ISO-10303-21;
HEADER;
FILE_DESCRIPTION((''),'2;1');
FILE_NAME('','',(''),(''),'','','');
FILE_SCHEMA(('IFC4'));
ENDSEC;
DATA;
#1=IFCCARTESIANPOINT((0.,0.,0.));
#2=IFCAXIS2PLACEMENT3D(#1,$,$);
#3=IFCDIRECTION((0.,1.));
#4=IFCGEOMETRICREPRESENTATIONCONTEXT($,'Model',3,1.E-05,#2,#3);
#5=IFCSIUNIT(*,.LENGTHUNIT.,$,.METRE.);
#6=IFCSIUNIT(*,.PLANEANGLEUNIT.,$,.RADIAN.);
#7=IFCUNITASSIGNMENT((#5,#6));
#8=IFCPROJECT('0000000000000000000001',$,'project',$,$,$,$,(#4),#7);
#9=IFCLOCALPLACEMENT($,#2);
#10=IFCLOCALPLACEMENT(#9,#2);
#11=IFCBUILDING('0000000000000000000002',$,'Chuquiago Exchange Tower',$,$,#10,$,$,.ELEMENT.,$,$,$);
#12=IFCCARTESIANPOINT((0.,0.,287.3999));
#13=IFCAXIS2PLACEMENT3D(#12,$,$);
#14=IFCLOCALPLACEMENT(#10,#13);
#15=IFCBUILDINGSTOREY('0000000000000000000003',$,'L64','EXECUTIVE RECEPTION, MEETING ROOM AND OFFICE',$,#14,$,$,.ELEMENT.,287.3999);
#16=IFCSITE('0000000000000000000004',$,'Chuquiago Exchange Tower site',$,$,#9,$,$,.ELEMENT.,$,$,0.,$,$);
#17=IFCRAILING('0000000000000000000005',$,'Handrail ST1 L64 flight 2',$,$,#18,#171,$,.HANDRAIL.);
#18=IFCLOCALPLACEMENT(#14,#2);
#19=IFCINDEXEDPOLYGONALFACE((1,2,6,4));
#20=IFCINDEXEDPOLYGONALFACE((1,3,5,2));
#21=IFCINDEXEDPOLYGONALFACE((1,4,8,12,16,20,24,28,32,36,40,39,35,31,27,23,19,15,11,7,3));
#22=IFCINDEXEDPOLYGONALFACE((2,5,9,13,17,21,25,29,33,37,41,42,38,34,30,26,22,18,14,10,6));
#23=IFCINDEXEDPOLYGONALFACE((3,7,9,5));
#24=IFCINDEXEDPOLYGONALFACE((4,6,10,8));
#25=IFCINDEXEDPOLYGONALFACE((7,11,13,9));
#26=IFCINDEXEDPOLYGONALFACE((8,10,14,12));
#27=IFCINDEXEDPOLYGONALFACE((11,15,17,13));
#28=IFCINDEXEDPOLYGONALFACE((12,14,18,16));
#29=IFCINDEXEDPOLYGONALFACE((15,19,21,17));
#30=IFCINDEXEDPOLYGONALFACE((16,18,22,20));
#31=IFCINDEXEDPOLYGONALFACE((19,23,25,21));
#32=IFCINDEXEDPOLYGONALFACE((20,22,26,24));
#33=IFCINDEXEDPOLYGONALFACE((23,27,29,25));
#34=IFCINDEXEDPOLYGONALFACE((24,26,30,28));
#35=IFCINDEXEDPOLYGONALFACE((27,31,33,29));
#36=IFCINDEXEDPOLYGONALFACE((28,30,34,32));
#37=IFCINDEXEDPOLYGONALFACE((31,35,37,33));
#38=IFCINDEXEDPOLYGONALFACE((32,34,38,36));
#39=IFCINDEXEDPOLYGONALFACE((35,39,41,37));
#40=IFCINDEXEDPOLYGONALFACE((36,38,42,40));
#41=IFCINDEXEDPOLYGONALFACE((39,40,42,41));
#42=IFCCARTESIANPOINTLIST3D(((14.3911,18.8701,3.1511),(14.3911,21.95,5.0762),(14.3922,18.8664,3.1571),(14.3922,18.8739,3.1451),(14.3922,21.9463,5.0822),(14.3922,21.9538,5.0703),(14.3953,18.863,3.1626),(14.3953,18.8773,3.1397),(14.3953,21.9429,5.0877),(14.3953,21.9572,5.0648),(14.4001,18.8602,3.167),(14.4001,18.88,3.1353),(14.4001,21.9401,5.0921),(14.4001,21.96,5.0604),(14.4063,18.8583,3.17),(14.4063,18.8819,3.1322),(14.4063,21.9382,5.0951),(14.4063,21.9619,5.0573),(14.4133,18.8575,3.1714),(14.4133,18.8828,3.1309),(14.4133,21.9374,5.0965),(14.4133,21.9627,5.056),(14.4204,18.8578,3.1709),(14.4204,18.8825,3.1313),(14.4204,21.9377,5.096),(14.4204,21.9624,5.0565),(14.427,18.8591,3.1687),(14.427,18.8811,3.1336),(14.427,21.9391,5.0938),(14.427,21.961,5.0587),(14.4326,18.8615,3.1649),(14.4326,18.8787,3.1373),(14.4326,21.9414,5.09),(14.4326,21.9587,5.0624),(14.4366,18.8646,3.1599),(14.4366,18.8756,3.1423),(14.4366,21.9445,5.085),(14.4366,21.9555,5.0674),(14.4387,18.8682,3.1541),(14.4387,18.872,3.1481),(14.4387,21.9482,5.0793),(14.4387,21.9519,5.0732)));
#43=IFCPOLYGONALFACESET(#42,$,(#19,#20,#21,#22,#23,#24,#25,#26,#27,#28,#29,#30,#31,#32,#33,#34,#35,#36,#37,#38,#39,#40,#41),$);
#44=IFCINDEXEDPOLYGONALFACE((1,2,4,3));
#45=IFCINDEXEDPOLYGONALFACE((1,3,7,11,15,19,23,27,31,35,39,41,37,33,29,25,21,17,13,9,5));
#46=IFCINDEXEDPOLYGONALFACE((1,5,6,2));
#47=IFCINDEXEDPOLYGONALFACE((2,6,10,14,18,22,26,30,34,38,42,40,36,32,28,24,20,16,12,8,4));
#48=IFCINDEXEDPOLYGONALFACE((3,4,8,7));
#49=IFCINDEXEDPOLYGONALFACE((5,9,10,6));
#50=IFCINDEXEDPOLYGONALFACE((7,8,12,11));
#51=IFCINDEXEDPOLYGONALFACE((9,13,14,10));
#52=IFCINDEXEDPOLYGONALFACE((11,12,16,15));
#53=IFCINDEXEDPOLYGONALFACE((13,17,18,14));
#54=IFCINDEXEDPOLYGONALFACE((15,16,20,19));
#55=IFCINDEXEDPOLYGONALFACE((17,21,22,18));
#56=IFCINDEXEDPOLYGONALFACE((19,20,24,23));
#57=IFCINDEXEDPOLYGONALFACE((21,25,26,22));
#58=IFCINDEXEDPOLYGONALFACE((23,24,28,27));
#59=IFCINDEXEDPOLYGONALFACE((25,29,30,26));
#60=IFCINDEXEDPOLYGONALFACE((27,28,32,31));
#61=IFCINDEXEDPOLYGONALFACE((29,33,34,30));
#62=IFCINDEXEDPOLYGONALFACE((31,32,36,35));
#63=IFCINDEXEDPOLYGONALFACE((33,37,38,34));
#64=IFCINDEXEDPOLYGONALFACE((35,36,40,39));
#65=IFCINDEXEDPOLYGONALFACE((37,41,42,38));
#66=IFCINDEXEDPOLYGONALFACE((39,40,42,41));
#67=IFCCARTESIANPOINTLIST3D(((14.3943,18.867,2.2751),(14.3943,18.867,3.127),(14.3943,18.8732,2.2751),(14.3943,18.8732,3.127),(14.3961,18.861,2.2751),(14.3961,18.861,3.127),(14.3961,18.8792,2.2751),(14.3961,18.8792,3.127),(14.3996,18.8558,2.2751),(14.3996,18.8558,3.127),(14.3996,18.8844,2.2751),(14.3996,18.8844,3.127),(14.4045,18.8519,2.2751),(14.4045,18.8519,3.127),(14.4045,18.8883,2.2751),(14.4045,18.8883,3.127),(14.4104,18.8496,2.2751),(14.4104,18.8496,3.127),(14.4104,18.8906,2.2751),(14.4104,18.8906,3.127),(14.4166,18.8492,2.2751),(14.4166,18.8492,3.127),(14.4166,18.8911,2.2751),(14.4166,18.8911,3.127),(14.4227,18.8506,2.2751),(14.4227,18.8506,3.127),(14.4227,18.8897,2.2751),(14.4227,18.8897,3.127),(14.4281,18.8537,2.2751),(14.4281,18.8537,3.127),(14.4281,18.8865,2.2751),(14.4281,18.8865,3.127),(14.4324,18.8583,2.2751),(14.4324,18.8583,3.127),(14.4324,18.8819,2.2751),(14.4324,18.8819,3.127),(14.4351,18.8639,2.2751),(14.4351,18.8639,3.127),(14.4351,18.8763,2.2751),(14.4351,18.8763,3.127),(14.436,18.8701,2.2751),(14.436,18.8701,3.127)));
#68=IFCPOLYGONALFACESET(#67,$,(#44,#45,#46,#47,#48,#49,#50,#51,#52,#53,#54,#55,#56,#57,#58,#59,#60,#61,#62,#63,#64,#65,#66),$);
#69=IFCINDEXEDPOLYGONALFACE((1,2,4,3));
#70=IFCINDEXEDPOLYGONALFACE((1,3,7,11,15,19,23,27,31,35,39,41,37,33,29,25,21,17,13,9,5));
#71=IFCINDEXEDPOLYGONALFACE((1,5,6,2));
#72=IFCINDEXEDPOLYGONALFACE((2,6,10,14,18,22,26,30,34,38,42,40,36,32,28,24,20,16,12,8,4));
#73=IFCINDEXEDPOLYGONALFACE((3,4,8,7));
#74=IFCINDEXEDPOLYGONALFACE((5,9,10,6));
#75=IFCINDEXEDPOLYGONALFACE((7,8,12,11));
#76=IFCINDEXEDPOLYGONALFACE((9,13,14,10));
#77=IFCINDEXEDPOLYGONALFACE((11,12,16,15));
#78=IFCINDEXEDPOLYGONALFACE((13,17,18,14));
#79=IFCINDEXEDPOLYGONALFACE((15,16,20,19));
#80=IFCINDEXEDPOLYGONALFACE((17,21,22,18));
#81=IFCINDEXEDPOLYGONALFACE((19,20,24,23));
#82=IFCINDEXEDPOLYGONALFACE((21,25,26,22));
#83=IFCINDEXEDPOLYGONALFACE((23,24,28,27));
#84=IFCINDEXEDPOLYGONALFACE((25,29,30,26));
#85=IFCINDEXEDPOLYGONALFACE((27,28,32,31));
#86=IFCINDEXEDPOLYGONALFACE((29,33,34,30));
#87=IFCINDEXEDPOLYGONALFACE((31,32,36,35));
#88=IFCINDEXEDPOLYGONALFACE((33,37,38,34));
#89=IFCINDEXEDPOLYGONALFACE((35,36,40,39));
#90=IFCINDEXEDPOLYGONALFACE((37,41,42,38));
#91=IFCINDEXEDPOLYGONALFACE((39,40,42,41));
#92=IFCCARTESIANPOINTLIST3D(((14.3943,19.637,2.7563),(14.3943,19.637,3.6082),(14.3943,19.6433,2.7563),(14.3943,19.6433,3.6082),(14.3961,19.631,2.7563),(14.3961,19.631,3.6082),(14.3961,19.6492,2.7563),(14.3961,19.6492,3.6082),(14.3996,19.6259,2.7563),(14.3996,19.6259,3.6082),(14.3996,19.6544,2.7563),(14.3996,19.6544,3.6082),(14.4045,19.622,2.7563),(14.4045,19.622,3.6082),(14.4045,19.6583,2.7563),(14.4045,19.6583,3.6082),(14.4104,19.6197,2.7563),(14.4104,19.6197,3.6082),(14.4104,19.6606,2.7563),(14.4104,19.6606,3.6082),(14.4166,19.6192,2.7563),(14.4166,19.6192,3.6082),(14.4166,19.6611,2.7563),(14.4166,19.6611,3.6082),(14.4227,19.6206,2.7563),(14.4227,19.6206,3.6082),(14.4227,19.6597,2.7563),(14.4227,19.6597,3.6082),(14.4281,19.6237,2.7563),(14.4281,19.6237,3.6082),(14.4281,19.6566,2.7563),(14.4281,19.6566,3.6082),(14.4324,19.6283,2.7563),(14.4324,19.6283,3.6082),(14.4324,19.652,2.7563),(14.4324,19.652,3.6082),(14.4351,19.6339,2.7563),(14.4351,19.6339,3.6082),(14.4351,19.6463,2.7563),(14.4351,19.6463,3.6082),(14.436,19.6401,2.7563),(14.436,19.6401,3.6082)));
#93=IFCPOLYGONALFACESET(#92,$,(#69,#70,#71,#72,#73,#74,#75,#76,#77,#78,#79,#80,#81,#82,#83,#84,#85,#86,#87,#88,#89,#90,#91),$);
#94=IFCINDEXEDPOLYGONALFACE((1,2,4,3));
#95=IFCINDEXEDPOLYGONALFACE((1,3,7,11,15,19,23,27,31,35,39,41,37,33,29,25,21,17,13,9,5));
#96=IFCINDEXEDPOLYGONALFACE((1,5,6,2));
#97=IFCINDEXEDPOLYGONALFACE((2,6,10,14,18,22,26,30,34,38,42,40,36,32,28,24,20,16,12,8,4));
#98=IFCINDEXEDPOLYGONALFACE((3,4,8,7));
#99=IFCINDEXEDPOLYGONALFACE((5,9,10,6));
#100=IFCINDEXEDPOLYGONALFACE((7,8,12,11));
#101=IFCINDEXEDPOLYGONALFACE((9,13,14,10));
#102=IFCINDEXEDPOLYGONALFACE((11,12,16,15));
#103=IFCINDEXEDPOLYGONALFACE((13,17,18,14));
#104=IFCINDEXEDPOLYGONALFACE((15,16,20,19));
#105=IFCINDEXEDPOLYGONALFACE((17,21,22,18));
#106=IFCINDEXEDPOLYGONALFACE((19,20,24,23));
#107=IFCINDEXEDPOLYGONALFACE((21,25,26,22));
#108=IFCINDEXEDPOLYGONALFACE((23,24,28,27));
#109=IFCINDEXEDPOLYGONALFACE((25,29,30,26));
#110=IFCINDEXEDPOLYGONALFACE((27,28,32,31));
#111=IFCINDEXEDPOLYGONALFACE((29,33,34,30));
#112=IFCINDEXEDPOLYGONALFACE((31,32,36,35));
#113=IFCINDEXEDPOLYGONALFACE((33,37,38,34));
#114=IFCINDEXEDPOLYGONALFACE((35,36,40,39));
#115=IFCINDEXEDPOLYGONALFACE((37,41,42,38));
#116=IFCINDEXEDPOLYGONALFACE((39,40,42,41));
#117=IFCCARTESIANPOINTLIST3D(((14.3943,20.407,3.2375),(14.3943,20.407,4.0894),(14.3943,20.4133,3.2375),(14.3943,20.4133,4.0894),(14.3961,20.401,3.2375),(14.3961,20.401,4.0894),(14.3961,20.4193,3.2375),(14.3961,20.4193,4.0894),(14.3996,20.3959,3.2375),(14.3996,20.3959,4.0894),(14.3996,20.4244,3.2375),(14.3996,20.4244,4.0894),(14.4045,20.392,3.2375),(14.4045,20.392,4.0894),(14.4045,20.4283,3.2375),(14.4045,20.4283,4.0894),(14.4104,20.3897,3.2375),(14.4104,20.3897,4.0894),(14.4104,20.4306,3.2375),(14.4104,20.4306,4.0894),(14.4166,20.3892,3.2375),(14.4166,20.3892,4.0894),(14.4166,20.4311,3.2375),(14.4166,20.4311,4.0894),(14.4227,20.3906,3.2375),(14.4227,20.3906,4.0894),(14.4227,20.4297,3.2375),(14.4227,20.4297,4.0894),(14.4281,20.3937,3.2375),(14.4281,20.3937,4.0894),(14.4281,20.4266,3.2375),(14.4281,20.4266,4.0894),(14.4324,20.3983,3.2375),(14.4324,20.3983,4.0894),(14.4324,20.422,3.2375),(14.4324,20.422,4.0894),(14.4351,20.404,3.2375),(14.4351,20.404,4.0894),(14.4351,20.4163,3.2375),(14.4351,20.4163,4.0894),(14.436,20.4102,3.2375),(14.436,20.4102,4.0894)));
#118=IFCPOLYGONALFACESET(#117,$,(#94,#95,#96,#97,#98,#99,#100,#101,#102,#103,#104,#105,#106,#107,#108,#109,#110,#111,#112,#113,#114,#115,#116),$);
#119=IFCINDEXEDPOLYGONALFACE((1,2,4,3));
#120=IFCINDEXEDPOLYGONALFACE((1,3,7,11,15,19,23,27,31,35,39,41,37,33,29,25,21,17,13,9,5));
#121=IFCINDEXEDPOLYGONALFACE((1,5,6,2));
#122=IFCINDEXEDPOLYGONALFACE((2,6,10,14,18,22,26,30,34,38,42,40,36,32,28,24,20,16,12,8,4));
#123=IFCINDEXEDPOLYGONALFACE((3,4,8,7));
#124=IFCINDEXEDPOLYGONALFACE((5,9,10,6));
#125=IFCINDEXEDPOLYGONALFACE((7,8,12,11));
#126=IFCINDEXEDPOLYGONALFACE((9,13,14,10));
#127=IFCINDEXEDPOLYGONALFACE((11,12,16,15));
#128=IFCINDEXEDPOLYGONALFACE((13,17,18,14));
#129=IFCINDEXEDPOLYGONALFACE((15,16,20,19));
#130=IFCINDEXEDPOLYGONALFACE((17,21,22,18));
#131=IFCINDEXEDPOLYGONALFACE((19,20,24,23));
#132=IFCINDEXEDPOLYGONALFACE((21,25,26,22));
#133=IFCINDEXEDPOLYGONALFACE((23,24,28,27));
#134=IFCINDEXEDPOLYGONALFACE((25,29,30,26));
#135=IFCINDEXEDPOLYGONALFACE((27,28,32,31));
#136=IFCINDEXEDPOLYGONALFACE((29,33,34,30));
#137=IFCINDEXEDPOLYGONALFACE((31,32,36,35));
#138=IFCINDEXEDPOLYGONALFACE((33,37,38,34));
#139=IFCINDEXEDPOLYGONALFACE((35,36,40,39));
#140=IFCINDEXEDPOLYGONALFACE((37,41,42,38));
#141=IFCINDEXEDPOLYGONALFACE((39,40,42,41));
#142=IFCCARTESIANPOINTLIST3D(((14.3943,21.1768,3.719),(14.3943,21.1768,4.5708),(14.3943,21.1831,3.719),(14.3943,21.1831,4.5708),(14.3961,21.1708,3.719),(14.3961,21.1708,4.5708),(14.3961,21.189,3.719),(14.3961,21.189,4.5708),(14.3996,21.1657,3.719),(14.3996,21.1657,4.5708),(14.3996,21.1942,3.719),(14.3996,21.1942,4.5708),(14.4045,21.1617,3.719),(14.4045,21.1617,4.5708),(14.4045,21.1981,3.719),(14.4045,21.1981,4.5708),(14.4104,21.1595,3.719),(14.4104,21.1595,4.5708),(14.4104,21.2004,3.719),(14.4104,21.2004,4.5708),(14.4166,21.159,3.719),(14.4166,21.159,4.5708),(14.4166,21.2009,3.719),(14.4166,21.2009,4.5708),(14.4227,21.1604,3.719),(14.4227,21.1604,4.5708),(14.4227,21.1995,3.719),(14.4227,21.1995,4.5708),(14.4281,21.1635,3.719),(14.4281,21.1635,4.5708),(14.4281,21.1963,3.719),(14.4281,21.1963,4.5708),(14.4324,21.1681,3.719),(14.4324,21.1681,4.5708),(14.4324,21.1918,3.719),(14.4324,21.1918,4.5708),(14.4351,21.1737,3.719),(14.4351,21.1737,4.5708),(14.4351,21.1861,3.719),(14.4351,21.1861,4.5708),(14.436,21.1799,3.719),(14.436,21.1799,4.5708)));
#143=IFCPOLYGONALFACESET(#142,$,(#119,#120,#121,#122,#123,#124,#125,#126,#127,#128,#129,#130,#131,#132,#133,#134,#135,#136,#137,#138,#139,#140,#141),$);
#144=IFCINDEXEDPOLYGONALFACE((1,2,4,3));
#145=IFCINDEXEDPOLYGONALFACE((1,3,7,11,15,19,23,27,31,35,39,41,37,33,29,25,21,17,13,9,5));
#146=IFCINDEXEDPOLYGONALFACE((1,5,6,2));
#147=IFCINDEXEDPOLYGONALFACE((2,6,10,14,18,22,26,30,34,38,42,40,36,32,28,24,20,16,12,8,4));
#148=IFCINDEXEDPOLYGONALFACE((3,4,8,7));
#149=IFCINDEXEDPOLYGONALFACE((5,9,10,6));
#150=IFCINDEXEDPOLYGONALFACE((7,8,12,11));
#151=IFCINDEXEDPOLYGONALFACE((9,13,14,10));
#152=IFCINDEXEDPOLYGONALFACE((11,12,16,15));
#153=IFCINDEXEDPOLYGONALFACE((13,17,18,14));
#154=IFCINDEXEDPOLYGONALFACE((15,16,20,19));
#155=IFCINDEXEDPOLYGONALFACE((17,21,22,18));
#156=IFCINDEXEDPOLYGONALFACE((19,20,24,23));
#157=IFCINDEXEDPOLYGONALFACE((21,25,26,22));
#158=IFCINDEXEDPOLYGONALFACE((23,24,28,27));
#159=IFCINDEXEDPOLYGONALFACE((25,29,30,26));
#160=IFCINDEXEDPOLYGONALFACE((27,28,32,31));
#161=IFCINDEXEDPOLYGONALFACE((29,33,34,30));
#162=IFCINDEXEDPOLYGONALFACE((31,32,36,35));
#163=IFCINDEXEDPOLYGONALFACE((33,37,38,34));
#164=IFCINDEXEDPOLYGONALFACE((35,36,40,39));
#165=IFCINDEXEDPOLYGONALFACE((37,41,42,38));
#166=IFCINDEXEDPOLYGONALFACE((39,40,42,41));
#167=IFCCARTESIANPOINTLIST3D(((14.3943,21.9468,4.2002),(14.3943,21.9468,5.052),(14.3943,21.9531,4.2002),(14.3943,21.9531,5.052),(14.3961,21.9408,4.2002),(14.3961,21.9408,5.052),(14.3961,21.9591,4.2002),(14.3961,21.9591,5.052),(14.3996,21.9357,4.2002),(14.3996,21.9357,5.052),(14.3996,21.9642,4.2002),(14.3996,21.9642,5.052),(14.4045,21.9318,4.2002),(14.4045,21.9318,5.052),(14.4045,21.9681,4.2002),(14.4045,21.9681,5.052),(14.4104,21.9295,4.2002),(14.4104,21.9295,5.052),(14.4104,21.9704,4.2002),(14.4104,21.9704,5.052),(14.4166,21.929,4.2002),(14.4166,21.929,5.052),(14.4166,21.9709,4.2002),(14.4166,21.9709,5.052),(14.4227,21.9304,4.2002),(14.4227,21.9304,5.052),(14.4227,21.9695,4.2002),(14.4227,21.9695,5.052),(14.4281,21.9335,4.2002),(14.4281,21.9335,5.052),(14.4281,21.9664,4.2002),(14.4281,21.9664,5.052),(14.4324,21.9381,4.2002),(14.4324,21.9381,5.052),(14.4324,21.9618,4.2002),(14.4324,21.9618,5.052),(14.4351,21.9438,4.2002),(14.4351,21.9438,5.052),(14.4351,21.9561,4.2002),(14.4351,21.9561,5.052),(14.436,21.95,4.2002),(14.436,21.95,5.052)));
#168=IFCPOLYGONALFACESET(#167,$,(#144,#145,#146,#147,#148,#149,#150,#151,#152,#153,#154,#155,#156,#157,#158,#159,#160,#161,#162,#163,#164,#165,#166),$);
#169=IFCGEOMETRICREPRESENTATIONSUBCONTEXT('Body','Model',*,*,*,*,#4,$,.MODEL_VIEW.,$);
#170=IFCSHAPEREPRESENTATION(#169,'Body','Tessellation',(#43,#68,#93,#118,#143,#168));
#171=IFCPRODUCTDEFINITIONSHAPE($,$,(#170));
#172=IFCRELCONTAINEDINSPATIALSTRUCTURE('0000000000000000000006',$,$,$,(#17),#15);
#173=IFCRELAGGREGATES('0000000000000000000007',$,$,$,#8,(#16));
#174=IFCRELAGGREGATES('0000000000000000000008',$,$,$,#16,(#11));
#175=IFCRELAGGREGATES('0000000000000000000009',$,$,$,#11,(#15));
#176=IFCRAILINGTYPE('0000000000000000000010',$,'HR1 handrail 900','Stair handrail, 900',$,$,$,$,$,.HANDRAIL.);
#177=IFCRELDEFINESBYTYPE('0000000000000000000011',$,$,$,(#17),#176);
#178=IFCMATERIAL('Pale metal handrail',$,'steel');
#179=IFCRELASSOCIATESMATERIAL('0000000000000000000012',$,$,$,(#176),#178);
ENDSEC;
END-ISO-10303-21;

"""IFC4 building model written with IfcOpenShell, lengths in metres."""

from ifc_helpers import new_model, si_unit, direction, frame, origin, origin_2d, place, context, subcontext, project, spatial, circle, extrude, material, type_object, element, save


model = new_model("IFC4")

# Units and contexts
model_context = context("Model", 3, precision=1e-05, world=origin(), true_north=direction((0.0, 1.0)))
body_context = subcontext(model_context, "Body", "Model", "MODEL_VIEW")
ifc_project = project(units=[si_unit("LENGTHUNIT", "METRE"), si_unit("PLANEANGLEUNIT", "RADIAN")], contexts=[model_context])

# Site, building, storey
site_placement = place(None, origin())
site = spatial("IfcSite", under=ifc_project, at=site_placement, Name="Chuquiago Exchange Tower site", CompositionType="ELEMENT", RefElevation=0.0)
building_placement = place(site_placement, origin())
building = spatial("IfcBuilding", under=site, at=building_placement, Name="Chuquiago Exchange Tower", CompositionType="ELEMENT")
storey_placement = place(building_placement, frame((0.0, 0.0, 287.3999)))
storey = spatial("IfcBuildingStorey", under=building, at=storey_placement, Name="L64", Description="EXECUTIVE RECEPTION, MEETING ROOM AND OFFICE", CompositionType="ELEMENT", Elevation=287.3999)

# Railing
ifc_material_1 = material(Name="Pale metal handrail", Category="steel")
railing_type_1 = type_object("IfcRailingType", Name="HR1 handrail 900", Description="Stair handrail, 900", PredefinedType="HANDRAIL", material=ifc_material_1)
for number, where, name in (
    (1, (14.415, 18.8701, 2.2751), "Handrail ST1 L64 flight 2"),
):
    element("IfcRailing", number, at=place(storey_placement, frame(where)), inside=storey, type_object=railing_type_1, Name=name, PredefinedType="HANDRAIL", context=body_context, shape_type="SweptSolid", body=[
        extrude(circle(Radius=0.0239, at=origin_2d()), frame((0.0, 0.0, 0.876), z_axis=(0.0, 0.847979, 0.530029), x_axis=(-1.0, 0.0, 0.0)), (0.0, 0.0, 1.0), 3.6321),
        extrude(circle(Radius=0.021, at=origin_2d()), origin(), (0.0, 0.0, 1.0), 0.8518),
        extrude(circle(Radius=0.021, at=origin_2d()), frame((0.0, 0.77, 0.4812)), (0.0, 0.0, 1.0), 0.8518),
        extrude(circle(Radius=0.021, at=origin_2d()), frame((0.0, 1.54, 0.9624)), (0.0, 0.0, 1.0), 0.8518),
        extrude(circle(Radius=0.021, at=origin_2d()), frame((0.0, 2.3098, 1.4438)), (0.0, 0.0, 1.0), 0.8518),
        extrude(circle(Radius=0.021, at=origin_2d()), frame((0.0, 3.0798, 1.925)), (0.0, 0.0, 1.0), 0.8518),
    ])

save(model, "model.ifc")
